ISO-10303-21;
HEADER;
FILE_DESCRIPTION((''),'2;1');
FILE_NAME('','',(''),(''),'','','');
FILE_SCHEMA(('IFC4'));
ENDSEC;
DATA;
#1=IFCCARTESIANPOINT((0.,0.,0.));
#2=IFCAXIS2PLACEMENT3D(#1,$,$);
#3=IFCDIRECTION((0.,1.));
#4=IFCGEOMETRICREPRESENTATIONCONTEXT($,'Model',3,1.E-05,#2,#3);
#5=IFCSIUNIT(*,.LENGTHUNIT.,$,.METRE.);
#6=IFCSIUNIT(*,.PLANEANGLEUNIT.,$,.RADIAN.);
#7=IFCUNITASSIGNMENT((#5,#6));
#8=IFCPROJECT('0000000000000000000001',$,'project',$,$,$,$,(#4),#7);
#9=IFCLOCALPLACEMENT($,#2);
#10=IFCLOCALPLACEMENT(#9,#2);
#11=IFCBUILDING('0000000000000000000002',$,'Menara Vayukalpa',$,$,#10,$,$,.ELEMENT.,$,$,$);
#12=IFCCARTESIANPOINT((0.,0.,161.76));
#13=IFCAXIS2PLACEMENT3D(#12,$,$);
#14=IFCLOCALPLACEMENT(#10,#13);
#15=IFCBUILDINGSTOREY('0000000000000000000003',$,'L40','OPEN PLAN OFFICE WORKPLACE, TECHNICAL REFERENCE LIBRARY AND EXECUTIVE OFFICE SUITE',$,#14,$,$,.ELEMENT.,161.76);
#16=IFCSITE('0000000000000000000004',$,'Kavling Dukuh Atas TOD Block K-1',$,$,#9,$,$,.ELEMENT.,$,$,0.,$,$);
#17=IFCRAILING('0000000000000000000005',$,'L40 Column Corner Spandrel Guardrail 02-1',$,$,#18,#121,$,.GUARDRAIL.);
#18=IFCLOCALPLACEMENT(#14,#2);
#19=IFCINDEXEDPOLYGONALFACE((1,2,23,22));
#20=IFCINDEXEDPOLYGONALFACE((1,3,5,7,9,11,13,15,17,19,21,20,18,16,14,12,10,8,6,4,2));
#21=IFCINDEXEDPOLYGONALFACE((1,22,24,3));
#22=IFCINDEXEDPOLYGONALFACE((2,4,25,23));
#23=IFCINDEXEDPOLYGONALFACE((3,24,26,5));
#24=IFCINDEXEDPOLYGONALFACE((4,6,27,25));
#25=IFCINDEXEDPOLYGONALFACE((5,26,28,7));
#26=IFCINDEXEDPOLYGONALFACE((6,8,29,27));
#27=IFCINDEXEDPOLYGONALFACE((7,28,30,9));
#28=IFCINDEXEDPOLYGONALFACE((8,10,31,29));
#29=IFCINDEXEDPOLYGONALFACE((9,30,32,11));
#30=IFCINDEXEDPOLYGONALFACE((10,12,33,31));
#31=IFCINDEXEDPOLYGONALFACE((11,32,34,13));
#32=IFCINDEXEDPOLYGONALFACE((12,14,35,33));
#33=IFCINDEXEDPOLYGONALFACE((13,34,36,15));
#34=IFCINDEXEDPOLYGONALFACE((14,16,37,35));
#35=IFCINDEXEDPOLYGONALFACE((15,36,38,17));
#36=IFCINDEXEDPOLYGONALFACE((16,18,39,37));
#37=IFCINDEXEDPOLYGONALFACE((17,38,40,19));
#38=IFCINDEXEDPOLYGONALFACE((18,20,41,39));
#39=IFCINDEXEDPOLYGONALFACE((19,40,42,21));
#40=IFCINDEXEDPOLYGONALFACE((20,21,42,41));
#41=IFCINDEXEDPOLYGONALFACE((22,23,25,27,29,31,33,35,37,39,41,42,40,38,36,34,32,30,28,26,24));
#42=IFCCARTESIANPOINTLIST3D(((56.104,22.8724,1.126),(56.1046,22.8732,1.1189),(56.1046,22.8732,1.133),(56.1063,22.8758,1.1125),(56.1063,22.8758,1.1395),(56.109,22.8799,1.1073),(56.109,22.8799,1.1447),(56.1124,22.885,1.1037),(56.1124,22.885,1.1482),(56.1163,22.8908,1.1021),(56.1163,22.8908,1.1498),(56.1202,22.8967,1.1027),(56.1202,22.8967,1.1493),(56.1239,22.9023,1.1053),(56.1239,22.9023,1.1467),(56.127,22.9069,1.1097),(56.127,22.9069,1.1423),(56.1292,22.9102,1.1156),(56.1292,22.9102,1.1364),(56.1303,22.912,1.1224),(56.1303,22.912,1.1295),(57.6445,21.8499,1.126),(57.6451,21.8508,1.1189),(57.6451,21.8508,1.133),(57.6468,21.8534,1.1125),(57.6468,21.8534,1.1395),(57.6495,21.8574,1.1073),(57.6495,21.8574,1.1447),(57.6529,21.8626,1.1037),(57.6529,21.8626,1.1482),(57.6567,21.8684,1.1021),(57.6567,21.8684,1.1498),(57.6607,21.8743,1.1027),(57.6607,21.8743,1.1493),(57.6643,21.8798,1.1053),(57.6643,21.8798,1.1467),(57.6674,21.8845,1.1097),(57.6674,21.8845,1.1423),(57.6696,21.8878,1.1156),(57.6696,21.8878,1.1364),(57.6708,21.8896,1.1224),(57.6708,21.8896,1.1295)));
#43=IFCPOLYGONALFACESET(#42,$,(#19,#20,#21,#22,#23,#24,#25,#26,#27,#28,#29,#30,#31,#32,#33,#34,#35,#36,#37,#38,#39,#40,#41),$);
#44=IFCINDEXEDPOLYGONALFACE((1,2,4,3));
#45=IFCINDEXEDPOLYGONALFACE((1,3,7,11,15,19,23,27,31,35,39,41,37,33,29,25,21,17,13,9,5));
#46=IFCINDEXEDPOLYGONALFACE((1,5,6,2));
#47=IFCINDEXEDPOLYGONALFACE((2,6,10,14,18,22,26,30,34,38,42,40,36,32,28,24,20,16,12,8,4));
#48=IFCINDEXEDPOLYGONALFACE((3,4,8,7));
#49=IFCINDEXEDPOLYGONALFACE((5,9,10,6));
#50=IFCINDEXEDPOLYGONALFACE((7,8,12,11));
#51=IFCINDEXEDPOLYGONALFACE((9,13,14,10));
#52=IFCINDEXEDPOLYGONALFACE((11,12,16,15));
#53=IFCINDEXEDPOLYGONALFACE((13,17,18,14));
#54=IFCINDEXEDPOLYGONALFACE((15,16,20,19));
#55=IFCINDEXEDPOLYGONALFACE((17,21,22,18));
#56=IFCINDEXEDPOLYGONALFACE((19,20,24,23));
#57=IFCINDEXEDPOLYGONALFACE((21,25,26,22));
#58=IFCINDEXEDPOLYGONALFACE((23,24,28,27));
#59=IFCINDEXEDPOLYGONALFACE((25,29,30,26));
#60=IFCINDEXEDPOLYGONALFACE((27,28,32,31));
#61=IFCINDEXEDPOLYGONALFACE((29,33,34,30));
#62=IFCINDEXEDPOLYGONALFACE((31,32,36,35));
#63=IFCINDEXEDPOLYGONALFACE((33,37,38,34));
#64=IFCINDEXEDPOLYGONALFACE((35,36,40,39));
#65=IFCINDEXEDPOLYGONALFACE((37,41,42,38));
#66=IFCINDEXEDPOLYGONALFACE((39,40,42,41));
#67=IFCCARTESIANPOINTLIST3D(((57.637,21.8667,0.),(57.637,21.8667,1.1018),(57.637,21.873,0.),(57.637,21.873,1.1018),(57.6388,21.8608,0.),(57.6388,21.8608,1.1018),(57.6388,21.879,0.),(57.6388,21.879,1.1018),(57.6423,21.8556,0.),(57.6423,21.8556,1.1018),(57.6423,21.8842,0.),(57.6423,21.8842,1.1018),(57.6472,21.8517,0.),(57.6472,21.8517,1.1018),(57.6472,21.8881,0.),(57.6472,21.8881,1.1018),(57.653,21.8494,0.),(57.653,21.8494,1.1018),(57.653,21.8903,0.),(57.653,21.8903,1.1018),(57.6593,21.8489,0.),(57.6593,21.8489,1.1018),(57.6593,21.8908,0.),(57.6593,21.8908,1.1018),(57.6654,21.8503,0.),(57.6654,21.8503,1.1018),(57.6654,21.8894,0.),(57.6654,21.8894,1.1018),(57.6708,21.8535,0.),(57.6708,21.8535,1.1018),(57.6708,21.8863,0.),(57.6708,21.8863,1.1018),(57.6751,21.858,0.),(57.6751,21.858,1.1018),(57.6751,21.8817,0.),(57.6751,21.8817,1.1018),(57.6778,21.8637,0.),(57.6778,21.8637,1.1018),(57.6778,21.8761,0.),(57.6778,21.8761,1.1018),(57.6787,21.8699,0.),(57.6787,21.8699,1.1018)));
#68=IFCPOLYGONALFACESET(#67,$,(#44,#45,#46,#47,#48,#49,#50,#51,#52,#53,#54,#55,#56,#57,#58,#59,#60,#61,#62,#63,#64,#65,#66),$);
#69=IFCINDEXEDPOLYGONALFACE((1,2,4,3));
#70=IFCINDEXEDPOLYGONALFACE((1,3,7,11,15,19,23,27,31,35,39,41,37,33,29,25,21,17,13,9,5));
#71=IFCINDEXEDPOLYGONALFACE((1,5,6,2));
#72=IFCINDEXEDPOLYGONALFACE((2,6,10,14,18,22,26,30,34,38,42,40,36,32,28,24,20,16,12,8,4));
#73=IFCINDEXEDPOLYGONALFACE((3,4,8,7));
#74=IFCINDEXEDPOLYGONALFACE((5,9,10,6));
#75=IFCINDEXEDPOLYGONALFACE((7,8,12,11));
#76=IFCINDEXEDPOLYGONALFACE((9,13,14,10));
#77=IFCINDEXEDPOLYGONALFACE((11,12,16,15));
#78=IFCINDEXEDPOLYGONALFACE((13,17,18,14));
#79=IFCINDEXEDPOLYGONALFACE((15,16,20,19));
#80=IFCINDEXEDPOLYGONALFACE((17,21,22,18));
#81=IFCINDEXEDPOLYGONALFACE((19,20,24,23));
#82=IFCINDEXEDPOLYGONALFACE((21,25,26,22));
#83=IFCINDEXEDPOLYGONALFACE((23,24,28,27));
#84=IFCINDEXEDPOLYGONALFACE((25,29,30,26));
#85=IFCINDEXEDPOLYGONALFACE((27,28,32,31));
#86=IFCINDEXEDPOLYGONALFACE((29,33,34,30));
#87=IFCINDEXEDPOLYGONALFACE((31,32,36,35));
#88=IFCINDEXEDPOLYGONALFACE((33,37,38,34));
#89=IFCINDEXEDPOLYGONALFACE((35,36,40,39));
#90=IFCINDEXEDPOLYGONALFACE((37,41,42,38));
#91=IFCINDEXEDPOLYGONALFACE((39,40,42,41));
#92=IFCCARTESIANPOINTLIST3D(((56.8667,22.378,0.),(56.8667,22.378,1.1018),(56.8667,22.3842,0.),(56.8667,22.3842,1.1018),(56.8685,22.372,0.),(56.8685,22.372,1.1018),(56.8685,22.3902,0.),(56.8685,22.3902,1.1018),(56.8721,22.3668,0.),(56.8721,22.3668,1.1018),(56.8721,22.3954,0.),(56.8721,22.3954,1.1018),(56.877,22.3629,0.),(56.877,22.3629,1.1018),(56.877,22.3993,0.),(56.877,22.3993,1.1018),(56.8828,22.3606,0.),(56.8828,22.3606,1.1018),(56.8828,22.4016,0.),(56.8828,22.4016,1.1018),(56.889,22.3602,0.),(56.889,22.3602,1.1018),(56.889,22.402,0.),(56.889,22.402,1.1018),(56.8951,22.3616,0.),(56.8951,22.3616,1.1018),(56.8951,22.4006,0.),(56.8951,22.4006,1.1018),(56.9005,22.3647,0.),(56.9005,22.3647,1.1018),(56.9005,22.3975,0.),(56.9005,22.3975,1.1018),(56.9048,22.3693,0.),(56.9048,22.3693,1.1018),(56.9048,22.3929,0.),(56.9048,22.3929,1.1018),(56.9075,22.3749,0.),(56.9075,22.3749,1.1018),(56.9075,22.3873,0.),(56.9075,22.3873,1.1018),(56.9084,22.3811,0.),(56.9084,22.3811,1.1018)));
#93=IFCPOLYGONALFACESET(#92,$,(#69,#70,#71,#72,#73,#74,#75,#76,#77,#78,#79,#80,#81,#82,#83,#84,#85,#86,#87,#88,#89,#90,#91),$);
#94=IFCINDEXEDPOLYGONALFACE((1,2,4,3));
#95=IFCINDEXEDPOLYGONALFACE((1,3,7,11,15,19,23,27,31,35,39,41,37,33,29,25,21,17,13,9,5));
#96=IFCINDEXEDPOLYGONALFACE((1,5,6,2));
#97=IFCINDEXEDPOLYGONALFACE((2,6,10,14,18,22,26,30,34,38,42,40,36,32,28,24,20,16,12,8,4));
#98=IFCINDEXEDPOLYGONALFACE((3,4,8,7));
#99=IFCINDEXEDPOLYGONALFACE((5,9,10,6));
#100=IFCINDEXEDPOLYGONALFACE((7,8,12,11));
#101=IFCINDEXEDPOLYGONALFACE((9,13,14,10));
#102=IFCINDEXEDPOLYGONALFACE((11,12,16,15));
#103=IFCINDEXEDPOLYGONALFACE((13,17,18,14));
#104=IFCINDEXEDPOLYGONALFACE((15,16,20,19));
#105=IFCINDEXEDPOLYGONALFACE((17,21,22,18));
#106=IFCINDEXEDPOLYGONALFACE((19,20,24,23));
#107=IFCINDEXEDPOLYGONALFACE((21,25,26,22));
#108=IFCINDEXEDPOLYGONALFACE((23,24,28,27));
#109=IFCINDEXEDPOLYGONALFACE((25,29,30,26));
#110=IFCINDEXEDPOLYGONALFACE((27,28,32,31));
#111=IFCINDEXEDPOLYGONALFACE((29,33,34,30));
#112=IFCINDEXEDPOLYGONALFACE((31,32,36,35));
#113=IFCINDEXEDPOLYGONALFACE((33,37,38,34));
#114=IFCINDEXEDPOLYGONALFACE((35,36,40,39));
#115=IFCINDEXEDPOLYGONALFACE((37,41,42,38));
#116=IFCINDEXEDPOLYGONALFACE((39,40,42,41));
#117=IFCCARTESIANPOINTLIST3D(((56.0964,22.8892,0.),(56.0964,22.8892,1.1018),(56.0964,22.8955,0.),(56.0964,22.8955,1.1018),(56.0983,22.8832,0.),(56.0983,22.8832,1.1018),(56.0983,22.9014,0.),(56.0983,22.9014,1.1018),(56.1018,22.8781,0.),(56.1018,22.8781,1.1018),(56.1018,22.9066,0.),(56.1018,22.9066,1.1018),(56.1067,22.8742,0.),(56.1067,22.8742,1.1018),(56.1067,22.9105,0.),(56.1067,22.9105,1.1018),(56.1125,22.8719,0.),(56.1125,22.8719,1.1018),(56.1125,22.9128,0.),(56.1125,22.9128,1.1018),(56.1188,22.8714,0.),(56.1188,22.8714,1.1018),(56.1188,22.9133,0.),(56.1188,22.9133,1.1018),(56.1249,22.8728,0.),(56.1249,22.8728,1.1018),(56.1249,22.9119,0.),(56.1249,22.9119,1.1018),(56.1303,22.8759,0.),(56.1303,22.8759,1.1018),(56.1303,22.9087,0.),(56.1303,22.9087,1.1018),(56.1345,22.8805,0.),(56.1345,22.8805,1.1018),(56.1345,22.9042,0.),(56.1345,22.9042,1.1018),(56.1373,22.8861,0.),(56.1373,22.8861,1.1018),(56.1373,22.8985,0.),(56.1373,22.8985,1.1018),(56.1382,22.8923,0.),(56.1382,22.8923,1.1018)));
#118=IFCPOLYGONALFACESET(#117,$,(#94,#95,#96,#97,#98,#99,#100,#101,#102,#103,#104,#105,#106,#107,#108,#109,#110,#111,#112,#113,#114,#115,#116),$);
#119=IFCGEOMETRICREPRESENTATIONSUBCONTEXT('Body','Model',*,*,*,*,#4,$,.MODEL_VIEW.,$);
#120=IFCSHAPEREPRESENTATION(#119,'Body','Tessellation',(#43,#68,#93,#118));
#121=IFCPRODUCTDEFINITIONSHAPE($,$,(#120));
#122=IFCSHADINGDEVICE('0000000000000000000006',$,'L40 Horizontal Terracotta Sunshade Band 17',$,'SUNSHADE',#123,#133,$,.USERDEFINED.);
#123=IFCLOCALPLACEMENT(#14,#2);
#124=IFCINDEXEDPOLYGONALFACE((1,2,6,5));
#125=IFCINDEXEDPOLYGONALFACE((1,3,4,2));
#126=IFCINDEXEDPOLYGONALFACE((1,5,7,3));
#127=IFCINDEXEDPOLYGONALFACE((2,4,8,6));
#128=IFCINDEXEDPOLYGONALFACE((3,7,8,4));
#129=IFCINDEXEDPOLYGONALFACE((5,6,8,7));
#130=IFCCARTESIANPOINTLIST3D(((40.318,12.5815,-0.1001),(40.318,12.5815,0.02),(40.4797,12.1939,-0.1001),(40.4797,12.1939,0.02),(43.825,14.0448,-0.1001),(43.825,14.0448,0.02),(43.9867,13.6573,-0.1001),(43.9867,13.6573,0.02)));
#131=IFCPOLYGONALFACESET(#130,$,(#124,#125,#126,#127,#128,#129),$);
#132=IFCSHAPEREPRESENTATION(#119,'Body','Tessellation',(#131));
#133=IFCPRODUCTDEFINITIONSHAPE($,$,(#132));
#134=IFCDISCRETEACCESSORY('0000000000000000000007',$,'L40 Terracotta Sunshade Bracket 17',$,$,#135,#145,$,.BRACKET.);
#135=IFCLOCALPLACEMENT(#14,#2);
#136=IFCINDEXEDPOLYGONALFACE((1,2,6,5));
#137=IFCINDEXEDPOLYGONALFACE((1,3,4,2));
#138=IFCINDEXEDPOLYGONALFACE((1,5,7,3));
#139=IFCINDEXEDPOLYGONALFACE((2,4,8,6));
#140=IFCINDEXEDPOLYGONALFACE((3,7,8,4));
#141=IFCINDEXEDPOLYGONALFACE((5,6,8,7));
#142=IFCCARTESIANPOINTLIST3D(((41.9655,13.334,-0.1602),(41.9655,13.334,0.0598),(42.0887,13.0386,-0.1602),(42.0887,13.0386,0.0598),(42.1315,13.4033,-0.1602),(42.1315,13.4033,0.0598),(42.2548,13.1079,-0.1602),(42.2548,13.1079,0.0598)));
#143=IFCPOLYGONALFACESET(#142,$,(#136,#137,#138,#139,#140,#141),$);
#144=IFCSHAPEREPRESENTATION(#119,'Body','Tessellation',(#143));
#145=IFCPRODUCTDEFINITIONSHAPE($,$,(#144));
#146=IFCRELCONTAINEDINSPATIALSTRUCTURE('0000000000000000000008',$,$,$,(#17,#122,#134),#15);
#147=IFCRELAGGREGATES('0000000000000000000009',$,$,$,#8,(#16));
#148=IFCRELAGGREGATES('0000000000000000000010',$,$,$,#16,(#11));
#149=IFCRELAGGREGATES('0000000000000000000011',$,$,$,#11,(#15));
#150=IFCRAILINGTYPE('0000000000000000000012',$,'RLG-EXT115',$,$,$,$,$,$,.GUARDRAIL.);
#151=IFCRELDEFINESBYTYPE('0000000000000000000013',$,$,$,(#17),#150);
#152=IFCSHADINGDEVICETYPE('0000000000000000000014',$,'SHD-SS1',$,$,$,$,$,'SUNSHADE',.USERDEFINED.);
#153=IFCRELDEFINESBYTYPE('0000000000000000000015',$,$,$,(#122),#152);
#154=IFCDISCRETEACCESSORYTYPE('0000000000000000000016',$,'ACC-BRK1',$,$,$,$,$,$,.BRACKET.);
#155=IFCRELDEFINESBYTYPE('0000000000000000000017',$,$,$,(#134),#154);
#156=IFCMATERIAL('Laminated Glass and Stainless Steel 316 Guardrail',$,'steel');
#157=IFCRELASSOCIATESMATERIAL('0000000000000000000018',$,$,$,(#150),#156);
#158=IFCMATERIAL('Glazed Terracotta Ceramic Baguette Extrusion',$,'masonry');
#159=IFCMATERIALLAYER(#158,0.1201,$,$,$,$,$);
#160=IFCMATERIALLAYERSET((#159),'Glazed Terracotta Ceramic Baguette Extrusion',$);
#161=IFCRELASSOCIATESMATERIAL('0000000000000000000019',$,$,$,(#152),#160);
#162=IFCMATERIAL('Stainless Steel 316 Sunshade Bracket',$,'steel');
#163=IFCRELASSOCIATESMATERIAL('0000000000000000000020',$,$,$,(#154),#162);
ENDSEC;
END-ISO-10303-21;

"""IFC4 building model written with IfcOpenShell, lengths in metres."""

from ifc_helpers import new_model, si_unit, direction, frame, origin, origin_2d, place, context, subcontext, project, spatial, rectangle, circle, extrude, material, layer, layer_set, type_object, element, save


model = new_model("IFC4")

# Units and contexts
model_context = context("Model", 3, precision=1e-05, world=origin(), true_north=direction((0.0, 1.0)))
body_context = subcontext(model_context, "Body", "Model", "MODEL_VIEW")
ifc_project = project(units=[si_unit("LENGTHUNIT", "METRE"), si_unit("PLANEANGLEUNIT", "RADIAN")], contexts=[model_context])

# Site, building, storey
site_placement = place(None, origin())
site = spatial("IfcSite", under=ifc_project, at=site_placement, Name="Kavling Dukuh Atas TOD Block K-1", CompositionType="ELEMENT", RefElevation=0.0)
building_placement = place(site_placement, origin())
building = spatial("IfcBuilding", under=site, at=building_placement, Name="Menara Vayukalpa", CompositionType="ELEMENT")
storey_placement = place(building_placement, frame((0.0, 0.0, 161.76)))
storey = spatial("IfcBuildingStorey", under=building, at=storey_placement, Name="L40", Description="OPEN PLAN OFFICE WORKPLACE, TECHNICAL REFERENCE LIBRARY AND EXECUTIVE OFFICE SUITE", CompositionType="ELEMENT", Elevation=161.76)

# Railing
ifc_material_1 = material(Name="Laminated Glass and Stainless Steel 316 Guardrail", Category="steel")
railing_type = type_object("IfcRailingType", Name="RLG-EXT115", PredefinedType="GUARDRAIL", material=ifc_material_1)
railing_1_placement = place(storey_placement, frame((57.6577, 21.8699, 0.0)))
element("IfcRailing", 1, at=railing_1_placement, inside=storey, type_object=railing_type, Name="L40 Column Corner Spandrel Guardrail 02-1", PredefinedType="GUARDRAIL", context=body_context, shape_type="SweptSolid", body=[
    extrude(circle(Radius=0.0239, at=origin_2d()), frame((0.0, 0.0, 1.126), z_axis=(-0.833186, 0.552993, 0.0), x_axis=(-0.552993, -0.833186, 0.0)), (0.0, 0.0, 1.0), 1.8489),
    extrude(circle(Radius=0.021, at=origin_2d()), origin(), (0.0, 0.0, 1.0), 1.1018),
    extrude(circle(Radius=0.021, at=origin_2d()), frame((-0.7703, 0.5112, 0.0)), (0.0, 0.0, 1.0), 1.1018),
    extrude(circle(Radius=0.021, at=origin_2d()), frame((-1.5405, 1.0225, 0.0)), (0.0, 0.0, 1.0), 1.1018),
])

# Shading device
ifc_material_2 = material(Name="Glazed Terracotta Ceramic Baguette Extrusion", Category="masonry")
ifc_layer_1 = layer(ifc_material_2, 0.1201)
ifc_layer_set_1 = layer_set([ifc_layer_1], Name="Glazed Terracotta Ceramic Baguette Extrusion")
shading_device_type = type_object("IfcShadingDeviceType", Name="SHD-SS1", ElementType="SUNSHADE", PredefinedType="USERDEFINED", material=ifc_layer_set_1)
shading_device_placement = place(storey_placement, frame((42.1523, 13.1194, -0.1001), z_axis=(0.0, 0.0, 1.0), x_axis=(0.922881, 0.385085, 0.0)))
element("IfcShadingDevice", 2, at=shading_device_placement, inside=storey, type_object=shading_device_type, Name="L40 Horizontal Terracotta Sunshade Band 17", ObjectType="SUNSHADE", PredefinedType="USERDEFINED", context=body_context, shape_type="SweptSolid", body=[
    extrude(rectangle(XDim=3.8, YDim=0.4199, at=origin_2d()), origin(), (0.0, 0.0, 1.0), 0.1201),
])

# Discrete accessory
ifc_material_3 = material(Name="Stainless Steel 316 Sunshade Bracket", Category="steel")
discrete_accessory_type = type_object("IfcDiscreteAccessoryType", Name="ACC-BRK1", PredefinedType="BRACKET", material=ifc_material_3)
discrete_accessory_placement = place(storey_placement, frame((42.1101, 13.2209, -0.1602), z_axis=(0.0, 0.0, 1.0), x_axis=(0.922881, 0.385085, 0.0)))
element("IfcDiscreteAccessory", 3, at=discrete_accessory_placement, inside=storey, type_object=discrete_accessory_type, Name="L40 Terracotta Sunshade Bracket 17", PredefinedType="BRACKET", context=body_context, shape_type="SweptSolid", body=[
    extrude(rectangle(XDim=0.1799, YDim=0.3201, at=origin_2d()), origin(), (0.0, 0.0, 1.0), 0.22),
])

save(model, "model.ifc")
